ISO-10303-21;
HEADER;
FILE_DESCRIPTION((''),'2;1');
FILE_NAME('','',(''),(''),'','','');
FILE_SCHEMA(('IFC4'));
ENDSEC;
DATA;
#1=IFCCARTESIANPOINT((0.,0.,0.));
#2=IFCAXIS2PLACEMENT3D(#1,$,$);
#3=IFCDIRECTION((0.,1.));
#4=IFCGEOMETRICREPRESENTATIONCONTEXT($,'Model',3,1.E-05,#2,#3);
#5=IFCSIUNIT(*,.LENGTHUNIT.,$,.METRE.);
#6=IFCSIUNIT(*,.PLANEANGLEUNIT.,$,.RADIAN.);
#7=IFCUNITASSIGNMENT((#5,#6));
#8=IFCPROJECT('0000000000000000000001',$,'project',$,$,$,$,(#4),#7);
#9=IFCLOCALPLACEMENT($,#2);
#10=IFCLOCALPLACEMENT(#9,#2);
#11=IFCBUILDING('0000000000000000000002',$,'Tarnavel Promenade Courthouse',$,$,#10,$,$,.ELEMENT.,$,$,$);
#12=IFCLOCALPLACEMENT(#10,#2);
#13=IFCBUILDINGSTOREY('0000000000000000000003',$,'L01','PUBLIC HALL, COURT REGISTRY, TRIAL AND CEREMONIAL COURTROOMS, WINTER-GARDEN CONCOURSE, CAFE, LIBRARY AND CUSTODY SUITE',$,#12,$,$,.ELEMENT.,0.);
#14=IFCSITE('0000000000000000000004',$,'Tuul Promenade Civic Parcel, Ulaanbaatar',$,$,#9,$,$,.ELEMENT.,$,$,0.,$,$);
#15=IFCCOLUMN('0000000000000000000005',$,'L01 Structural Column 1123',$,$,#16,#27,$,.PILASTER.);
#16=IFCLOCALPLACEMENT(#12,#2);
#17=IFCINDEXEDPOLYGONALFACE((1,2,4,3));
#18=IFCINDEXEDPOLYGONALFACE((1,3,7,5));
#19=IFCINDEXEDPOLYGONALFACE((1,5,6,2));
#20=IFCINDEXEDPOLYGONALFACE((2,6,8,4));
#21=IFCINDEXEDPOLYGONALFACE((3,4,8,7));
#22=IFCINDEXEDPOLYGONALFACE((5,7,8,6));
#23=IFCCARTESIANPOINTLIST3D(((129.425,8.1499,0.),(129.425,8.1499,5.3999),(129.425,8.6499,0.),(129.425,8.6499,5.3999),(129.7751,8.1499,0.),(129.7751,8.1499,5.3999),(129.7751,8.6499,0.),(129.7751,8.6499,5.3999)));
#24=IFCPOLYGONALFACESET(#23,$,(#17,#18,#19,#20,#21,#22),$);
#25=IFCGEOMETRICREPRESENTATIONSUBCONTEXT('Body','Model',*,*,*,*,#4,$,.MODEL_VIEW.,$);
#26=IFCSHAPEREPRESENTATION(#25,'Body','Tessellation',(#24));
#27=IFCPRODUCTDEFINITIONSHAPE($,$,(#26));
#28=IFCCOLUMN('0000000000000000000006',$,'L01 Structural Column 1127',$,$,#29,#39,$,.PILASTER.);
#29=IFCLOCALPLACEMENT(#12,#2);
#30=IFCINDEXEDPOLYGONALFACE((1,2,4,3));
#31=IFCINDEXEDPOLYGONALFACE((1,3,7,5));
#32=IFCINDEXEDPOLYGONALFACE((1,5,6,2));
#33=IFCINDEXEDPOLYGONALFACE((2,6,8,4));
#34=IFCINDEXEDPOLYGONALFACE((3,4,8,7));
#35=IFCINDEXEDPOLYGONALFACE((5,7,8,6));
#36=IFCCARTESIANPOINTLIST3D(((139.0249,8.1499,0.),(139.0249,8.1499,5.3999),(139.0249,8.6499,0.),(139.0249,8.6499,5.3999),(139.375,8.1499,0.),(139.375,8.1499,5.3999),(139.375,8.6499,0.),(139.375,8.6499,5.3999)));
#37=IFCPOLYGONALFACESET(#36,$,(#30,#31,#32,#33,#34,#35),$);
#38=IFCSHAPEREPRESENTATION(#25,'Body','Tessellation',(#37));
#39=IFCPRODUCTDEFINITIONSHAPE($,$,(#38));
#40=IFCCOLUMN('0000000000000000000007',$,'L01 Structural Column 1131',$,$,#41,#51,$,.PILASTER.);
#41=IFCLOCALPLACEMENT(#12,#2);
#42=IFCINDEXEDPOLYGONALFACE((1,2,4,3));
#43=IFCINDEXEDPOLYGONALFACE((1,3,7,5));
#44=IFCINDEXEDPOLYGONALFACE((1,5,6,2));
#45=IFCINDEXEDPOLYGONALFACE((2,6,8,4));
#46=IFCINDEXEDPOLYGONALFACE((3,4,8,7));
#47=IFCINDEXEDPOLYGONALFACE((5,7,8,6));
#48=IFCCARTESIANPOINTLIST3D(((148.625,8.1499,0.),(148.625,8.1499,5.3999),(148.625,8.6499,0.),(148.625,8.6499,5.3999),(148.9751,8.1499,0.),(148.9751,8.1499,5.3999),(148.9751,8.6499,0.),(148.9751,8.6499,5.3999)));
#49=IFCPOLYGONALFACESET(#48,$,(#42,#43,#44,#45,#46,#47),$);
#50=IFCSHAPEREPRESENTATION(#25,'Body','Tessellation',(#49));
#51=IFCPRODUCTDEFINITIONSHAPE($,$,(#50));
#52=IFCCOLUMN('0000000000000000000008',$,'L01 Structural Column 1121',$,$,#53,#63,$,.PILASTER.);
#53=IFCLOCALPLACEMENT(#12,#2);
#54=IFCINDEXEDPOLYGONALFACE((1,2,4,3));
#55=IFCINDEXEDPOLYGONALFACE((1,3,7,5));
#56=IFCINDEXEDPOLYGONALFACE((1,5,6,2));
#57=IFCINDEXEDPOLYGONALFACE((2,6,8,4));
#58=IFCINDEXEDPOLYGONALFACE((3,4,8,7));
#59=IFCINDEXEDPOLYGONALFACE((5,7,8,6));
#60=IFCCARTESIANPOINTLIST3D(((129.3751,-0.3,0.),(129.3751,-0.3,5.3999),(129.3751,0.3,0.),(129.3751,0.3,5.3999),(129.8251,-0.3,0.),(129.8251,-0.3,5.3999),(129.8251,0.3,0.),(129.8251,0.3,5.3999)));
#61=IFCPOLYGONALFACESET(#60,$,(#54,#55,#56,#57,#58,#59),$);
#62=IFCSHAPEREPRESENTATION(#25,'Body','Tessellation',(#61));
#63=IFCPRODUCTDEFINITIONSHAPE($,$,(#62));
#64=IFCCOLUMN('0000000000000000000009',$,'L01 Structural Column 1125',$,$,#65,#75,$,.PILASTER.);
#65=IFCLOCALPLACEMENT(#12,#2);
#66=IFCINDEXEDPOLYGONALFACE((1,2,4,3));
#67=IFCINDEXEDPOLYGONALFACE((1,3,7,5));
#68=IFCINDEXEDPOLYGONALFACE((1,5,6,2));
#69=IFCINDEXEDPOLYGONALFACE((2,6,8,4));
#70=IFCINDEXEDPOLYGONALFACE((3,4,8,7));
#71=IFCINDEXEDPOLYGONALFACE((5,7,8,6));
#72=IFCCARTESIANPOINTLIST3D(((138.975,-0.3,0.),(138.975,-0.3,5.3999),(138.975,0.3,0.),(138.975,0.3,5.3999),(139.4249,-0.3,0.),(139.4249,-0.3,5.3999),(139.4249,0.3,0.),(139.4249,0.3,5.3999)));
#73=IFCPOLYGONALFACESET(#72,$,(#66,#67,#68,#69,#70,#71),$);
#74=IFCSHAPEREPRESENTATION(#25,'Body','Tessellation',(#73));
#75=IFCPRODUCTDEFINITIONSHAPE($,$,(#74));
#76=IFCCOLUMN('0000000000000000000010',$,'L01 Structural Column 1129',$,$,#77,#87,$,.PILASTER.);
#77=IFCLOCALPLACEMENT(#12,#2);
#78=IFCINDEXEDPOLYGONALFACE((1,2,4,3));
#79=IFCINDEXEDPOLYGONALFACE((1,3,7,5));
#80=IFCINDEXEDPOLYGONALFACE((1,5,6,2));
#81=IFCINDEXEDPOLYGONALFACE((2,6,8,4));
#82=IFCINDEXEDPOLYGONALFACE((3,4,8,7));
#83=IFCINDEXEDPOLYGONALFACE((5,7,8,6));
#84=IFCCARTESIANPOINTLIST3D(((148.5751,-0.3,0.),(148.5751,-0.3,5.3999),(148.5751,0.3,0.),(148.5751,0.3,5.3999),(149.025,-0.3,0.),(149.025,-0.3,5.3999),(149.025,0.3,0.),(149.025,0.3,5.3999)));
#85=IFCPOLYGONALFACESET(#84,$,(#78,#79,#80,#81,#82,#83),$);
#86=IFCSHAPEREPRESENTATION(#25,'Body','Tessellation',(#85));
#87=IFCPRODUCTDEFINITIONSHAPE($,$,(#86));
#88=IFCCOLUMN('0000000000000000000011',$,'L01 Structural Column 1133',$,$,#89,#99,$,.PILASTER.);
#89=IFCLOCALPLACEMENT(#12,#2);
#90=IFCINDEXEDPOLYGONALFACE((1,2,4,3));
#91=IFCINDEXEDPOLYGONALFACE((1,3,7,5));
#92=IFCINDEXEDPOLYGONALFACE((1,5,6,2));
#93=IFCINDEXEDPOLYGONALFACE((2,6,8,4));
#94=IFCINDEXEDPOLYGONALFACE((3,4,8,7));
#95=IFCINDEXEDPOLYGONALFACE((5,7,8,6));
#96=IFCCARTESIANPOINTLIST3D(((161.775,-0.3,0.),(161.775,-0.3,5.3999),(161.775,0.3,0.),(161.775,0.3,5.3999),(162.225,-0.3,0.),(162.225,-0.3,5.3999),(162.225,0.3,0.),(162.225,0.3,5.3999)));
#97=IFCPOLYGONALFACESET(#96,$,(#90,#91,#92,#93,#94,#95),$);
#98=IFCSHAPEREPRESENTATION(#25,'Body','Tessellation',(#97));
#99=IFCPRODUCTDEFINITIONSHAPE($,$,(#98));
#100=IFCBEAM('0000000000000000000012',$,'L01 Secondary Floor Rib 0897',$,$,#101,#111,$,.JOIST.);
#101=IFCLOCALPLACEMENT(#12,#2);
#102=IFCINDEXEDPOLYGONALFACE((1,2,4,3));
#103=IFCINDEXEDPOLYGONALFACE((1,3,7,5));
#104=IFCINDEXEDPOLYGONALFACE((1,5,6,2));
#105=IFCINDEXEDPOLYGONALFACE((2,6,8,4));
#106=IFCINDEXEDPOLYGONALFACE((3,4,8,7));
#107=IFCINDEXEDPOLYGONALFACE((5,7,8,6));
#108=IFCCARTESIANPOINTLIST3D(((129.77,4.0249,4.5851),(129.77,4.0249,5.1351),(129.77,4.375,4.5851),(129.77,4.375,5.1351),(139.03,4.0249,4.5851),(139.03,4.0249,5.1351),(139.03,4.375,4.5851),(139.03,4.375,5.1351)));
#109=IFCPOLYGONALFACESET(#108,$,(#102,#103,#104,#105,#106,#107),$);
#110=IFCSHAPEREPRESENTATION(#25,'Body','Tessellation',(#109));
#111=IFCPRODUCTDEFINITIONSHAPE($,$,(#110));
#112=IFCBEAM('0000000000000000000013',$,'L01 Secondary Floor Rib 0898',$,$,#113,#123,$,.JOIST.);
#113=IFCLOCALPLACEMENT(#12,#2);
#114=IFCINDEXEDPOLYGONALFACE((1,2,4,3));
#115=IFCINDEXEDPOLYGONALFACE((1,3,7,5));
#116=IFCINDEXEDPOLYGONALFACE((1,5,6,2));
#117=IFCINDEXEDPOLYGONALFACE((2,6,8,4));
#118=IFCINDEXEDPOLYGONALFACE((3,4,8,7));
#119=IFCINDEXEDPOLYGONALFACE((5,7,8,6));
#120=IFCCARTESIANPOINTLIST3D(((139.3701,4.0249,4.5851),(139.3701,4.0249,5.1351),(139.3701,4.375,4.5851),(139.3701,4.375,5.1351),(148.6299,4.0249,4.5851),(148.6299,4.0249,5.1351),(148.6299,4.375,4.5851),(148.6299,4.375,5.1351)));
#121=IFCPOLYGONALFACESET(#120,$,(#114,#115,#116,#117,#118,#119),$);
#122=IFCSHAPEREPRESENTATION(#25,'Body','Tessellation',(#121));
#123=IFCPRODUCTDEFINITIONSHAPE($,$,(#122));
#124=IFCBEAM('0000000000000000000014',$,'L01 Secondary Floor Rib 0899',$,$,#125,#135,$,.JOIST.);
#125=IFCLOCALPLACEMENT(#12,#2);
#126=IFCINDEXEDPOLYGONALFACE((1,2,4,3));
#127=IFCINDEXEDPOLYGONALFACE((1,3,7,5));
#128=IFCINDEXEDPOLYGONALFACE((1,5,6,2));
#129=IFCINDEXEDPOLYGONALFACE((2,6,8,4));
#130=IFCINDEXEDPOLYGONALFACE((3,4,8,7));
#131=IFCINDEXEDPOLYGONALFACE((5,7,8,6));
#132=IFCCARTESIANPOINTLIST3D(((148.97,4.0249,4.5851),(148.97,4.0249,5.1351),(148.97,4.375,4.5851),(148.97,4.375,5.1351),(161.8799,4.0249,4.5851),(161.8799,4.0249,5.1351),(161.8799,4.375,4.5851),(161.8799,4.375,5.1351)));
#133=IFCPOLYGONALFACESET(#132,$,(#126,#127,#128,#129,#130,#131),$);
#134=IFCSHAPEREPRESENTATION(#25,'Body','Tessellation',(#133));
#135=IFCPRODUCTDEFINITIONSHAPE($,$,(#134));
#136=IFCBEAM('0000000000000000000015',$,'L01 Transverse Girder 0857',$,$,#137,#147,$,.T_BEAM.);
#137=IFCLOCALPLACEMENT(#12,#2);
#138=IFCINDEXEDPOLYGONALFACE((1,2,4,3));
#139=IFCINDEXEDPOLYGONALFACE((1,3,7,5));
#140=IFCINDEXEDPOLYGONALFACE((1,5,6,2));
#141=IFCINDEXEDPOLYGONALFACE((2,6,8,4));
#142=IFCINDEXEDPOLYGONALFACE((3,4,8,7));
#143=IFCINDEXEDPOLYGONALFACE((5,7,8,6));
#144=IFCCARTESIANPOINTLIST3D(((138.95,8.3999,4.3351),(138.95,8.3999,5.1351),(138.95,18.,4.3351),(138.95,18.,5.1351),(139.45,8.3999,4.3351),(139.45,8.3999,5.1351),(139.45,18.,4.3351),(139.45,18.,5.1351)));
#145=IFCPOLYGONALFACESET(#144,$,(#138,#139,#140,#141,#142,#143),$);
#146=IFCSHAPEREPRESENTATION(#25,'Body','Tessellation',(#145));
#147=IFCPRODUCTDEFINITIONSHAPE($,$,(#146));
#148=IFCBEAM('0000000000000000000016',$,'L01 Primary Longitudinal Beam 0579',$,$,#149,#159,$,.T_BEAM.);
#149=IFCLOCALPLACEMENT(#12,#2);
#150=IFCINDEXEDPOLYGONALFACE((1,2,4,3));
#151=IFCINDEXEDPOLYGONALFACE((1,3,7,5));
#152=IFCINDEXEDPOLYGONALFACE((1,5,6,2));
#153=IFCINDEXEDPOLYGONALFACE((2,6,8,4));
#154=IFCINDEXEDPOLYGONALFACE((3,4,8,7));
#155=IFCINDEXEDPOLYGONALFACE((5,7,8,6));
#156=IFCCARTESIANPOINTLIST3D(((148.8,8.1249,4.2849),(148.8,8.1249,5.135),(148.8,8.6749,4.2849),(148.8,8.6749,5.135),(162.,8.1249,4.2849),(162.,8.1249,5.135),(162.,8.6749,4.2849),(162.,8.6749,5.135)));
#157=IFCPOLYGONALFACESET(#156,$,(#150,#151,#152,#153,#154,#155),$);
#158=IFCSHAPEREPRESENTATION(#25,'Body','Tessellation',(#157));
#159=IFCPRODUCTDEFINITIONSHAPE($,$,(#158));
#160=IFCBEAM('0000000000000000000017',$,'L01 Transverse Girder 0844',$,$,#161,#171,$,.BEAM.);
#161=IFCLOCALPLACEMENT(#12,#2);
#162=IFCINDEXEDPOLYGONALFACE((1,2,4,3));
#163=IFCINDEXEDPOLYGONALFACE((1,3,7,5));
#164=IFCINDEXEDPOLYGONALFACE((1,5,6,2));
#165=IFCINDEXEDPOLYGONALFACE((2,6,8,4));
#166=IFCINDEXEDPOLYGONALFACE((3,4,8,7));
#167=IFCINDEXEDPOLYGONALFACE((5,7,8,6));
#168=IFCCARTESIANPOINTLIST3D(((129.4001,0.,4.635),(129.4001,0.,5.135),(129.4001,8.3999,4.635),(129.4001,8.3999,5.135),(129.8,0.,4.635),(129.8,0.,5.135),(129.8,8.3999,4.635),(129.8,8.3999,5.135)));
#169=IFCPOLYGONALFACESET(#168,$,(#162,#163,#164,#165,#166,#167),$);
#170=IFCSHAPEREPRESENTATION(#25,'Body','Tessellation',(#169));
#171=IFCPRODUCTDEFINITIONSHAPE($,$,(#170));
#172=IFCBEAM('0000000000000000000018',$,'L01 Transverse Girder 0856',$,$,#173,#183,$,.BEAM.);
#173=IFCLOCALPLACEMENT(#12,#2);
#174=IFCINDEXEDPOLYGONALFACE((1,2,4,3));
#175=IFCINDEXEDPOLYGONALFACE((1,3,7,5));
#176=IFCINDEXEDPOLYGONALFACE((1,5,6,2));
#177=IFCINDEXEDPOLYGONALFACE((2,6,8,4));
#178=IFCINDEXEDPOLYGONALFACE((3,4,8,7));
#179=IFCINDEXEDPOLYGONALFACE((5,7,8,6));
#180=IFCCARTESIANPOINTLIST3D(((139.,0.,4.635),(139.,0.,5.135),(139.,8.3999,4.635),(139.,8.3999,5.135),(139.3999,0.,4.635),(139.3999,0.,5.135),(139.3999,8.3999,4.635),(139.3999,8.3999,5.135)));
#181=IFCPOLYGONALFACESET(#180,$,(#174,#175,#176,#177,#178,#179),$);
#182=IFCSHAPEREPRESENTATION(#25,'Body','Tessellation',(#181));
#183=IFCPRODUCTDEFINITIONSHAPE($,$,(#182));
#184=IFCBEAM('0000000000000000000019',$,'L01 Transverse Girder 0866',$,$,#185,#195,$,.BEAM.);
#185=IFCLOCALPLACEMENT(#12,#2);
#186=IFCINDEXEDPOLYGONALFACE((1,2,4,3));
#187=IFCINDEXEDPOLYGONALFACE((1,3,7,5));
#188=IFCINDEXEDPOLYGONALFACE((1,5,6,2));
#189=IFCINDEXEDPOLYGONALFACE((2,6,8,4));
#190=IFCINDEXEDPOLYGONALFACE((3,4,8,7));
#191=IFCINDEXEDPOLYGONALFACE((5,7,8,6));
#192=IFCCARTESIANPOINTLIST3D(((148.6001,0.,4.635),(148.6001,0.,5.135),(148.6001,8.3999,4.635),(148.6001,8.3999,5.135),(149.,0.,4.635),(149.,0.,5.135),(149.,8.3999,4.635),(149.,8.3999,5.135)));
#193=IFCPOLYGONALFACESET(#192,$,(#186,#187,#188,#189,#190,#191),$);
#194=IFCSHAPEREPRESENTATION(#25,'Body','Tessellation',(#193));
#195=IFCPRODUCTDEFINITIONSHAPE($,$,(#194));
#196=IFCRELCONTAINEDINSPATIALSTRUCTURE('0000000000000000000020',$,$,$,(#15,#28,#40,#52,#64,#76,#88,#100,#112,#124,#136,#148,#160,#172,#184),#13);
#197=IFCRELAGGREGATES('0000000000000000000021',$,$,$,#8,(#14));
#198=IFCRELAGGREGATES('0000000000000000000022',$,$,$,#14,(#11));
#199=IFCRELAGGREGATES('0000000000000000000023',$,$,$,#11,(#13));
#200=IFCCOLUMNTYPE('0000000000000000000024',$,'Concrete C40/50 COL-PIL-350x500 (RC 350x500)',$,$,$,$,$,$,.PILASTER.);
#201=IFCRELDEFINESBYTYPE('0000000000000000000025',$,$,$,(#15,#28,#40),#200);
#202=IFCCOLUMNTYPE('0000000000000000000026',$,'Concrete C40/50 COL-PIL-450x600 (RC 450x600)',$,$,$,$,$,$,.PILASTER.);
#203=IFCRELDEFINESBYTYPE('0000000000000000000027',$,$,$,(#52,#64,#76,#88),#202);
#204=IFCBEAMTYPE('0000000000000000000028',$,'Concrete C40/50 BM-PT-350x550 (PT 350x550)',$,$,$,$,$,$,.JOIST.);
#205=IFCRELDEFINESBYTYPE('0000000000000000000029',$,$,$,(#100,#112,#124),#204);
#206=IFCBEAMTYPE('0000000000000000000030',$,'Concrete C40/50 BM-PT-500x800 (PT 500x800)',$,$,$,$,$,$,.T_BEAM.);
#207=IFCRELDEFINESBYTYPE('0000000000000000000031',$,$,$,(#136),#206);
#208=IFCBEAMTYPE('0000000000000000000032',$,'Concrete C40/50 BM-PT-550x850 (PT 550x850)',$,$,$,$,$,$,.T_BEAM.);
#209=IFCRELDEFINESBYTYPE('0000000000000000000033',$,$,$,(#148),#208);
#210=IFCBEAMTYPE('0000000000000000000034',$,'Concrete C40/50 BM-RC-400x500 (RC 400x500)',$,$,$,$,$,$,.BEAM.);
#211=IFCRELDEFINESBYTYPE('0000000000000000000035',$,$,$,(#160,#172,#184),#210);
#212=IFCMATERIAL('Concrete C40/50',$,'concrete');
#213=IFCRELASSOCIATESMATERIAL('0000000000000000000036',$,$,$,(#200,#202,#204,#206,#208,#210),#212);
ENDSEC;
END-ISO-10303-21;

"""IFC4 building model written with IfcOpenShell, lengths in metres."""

from ifc_helpers import new_model, si_unit, direction, frame, origin, origin_2d, place, context, subcontext, project, spatial, rectangle, extrude, material, material_profile, profile_set, type_object, element, save


model = new_model("IFC4")

# Units and contexts
model_context = context("Model", 3, precision=1e-05, world=origin(), true_north=direction((0.0, 1.0)))
body_context = subcontext(model_context, "Body", "Model", "MODEL_VIEW")
ifc_project = project(units=[si_unit("LENGTHUNIT", "METRE"), si_unit("PLANEANGLEUNIT", "RADIAN")], contexts=[model_context])

# Site, building, storey
site_placement = place(None, origin())
site = spatial("IfcSite", under=ifc_project, at=site_placement, Name="Tuul Promenade Civic Parcel, Ulaanbaatar", CompositionType="ELEMENT", RefElevation=0.0)
building_placement = place(site_placement, origin())
building = spatial("IfcBuilding", under=site, at=building_placement, Name="Tarnavel Promenade Courthouse", CompositionType="ELEMENT")
storey_placement = place(building_placement, origin())
storey = spatial("IfcBuildingStorey", under=building, at=storey_placement, Name="L01", Description="PUBLIC HALL, COURT REGISTRY, TRIAL AND CEREMONIAL COURTROOMS, WINTER-GARDEN CONCOURSE, CAFE, LIBRARY AND CUSTODY SUITE", CompositionType="ELEMENT", Elevation=0.0)

# Columns
ifc_material_1 = material(Name="Concrete C40/50", Category="concrete")
ifc_material_profile_1 = material_profile(ifc_material_1, rectangle(XDim=0.3501, YDim=0.5, at=origin_2d()), Name="RC 350x500")
ifc_profile_set_1 = profile_set([ifc_material_profile_1], Name="Concrete C40/50")
column_type_1 = type_object("IfcColumnType", Name="Concrete C40/50 COL-PIL-350x500 (RC 350x500)", PredefinedType="PILASTER", material=ifc_profile_set_1)
for number, where, z_axis, x_axis, name in (
    (1, (129.6001, 8.3999, 0.0), (0.0, 0.0, 1.0), (1.0, 0.0, 0.0), "L01 Structural Column 1123"),
    (2, (139.2, 8.3999, 0.0), (0.0, 0.0, 1.0), (1.0, 0.0, 0.0), "L01 Structural Column 1127"),
    (3, (148.8, 8.3999, 0.0), (0.0, 0.0, 1.0), (1.0, 0.0, 0.0), "L01 Structural Column 1131"),
):
    element("IfcColumn", number, at=place(storey_placement, frame(where, z_axis=z_axis, x_axis=x_axis)), inside=storey, type_object=column_type_1, Name=name, PredefinedType="PILASTER", context=body_context, shape_type="SweptSolid", body=[
        extrude(rectangle(XDim=0.3501, YDim=0.5, at=origin_2d()), origin(), (0.0, 0.0, 1.0), 5.3999),
    ])
ifc_material_profile_2 = material_profile(ifc_material_1, rectangle(XDim=0.45, YDim=0.6001, at=origin_2d()), Name="RC 450x600")
ifc_profile_set_2 = profile_set([ifc_material_profile_2], Name="Concrete C40/50")
column_type_2 = type_object("IfcColumnType", Name="Concrete C40/50 COL-PIL-450x600 (RC 450x600)", PredefinedType="PILASTER", material=ifc_profile_set_2)
for number, where, z_axis, x_axis, name in (
    (4, (129.6001, 0.0, 0.0), (0.0, 0.0, 1.0), (1.0, 0.0, 0.0), "L01 Structural Column 1121"),
    (5, (139.2, 0.0, 0.0), (0.0, 0.0, 1.0), (1.0, 0.0, 0.0), "L01 Structural Column 1125"),
    (6, (148.8, 0.0, 0.0), (0.0, 0.0, 1.0), (1.0, 0.0, 0.0), "L01 Structural Column 1129"),
    (7, (162.0, 0.0, 0.0), (0.0, 0.0, 1.0), (1.0, 0.0, 0.0), "L01 Structural Column 1133"),
):
    element("IfcColumn", number, at=place(storey_placement, frame(where, z_axis=z_axis, x_axis=x_axis)), inside=storey, type_object=column_type_2, Name=name, PredefinedType="PILASTER", context=body_context, shape_type="SweptSolid", body=[
        extrude(rectangle(XDim=0.45, YDim=0.6001, at=origin_2d()), origin(), (0.0, 0.0, 1.0), 5.3999),
    ])

# Beams
ifc_material_profile_3 = material_profile(ifc_material_1, rectangle(XDim=0.3501, YDim=0.55, at=origin_2d()), Name="PT 350x550")
ifc_profile_set_3 = profile_set([ifc_material_profile_3], Name="Concrete C40/50")
beam_type_1 = type_object("IfcBeamType", Name="Concrete C40/50 BM-PT-350x550 (PT 350x550)", PredefinedType="JOIST", material=ifc_profile_set_3)
beam_1_placement = place(storey_placement, frame((129.77, 4.2, 4.8601), z_axis=(1.0, 0.0, 0.0), x_axis=(0.0, 1.0, 0.0)))
element("IfcBeam", 8, at=beam_1_placement, inside=storey, type_object=beam_type_1, Name="L01 Secondary Floor Rib 0897", PredefinedType="JOIST", context=body_context, shape_type="SweptSolid", body=[
    extrude(rectangle(XDim=0.3501, YDim=0.55, at=origin_2d()), origin(), (0.0, 0.0, 1.0), 9.26),
])
beam_2_placement = place(storey_placement, frame((139.3701, 4.2, 4.8601), z_axis=(1.0, 0.0, 0.0), x_axis=(0.0, 1.0, 0.0)))
element("IfcBeam", 9, at=beam_2_placement, inside=storey, type_object=beam_type_1, Name="L01 Secondary Floor Rib 0898", PredefinedType="JOIST", context=body_context, shape_type="SweptSolid", body=[
    extrude(rectangle(XDim=0.3501, YDim=0.55, at=origin_2d()), origin(), (0.0, 0.0, 1.0), 9.2598),
])
beam_3_placement = place(storey_placement, frame((148.97, 4.2, 4.8601), z_axis=(1.0, 0.0, 0.0), x_axis=(0.0, 1.0, 0.0)))
element("IfcBeam", 10, at=beam_3_placement, inside=storey, type_object=beam_type_1, Name="L01 Secondary Floor Rib 0899", PredefinedType="JOIST", context=body_context, shape_type="SweptSolid", body=[
    extrude(rectangle(XDim=0.3501, YDim=0.55, at=origin_2d()), origin(), (0.0, 0.0, 1.0), 12.9099),
])
ifc_material_profile_4 = material_profile(ifc_material_1, rectangle(XDim=0.5, YDim=0.8, at=origin_2d()), Name="PT 500x800")
ifc_profile_set_4 = profile_set([ifc_material_profile_4], Name="Concrete C40/50")
beam_type_2 = type_object("IfcBeamType", Name="Concrete C40/50 BM-PT-500x800 (PT 500x800)", PredefinedType="T_BEAM", material=ifc_profile_set_4)
beam_4_placement = place(storey_placement, frame((139.2, 8.3999, 4.7351), z_axis=(0.0, 1.0, 0.0), x_axis=(-1.0, 0.0, 0.0)))
element("IfcBeam", 11, at=beam_4_placement, inside=storey, type_object=beam_type_2, Name="L01 Transverse Girder 0857", PredefinedType="T_BEAM", context=body_context, shape_type="SweptSolid", body=[
    extrude(rectangle(XDim=0.5, YDim=0.8, at=origin_2d()), origin(), (0.0, 0.0, 1.0), 9.6001),
])
ifc_material_profile_5 = material_profile(ifc_material_1, rectangle(XDim=0.55, YDim=0.8501, at=origin_2d()), Name="PT 550x850")
ifc_profile_set_5 = profile_set([ifc_material_profile_5], Name="Concrete C40/50")
beam_type_3 = type_object("IfcBeamType", Name="Concrete C40/50 BM-PT-550x850 (PT 550x850)", PredefinedType="T_BEAM", material=ifc_profile_set_5)
beam_5_placement = place(storey_placement, frame((148.8, 8.3999, 4.71), z_axis=(1.0, 0.0, 0.0), x_axis=(0.0, 1.0, 0.0)))
element("IfcBeam", 12, at=beam_5_placement, inside=storey, type_object=beam_type_3, Name="L01 Primary Longitudinal Beam 0579", PredefinedType="T_BEAM", context=body_context, shape_type="SweptSolid", body=[
    extrude(rectangle(XDim=0.55, YDim=0.8501, at=origin_2d()), origin(), (0.0, 0.0, 1.0), 13.2),
])
ifc_material_profile_6 = material_profile(ifc_material_1, rectangle(XDim=0.3999, YDim=0.5, at=origin_2d()), Name="RC 400x500")
ifc_profile_set_6 = profile_set([ifc_material_profile_6], Name="Concrete C40/50")
beam_type_4 = type_object("IfcBeamType", Name="Concrete C40/50 BM-RC-400x500 (RC 400x500)", PredefinedType="BEAM", material=ifc_profile_set_6)
for number, where, z_axis, x_axis, name in (
    (13, (129.6001, 0.0, 4.885), (0.0, 1.0, 0.0), (-1.0, 0.0, 0.0), "L01 Transverse Girder 0844"),
    (14, (139.2, 0.0, 4.885), (0.0, 1.0, 0.0), (-1.0, 0.0, 0.0), "L01 Transverse Girder 0856"),
    (15, (148.8, 0.0, 4.885), (0.0, 1.0, 0.0), (-1.0, 0.0, 0.0), "L01 Transverse Girder 0866"),
):
    element("IfcBeam", number, at=place(storey_placement, frame(where, z_axis=z_axis, x_axis=x_axis)), inside=storey, type_object=beam_type_4, Name=name, PredefinedType="BEAM", context=body_context, shape_type="SweptSolid", body=[
        extrude(rectangle(XDim=0.3999, YDim=0.5, at=origin_2d()), origin(), (0.0, 0.0, 1.0), 8.3999),
    ])

save(model, "model.ifc")
